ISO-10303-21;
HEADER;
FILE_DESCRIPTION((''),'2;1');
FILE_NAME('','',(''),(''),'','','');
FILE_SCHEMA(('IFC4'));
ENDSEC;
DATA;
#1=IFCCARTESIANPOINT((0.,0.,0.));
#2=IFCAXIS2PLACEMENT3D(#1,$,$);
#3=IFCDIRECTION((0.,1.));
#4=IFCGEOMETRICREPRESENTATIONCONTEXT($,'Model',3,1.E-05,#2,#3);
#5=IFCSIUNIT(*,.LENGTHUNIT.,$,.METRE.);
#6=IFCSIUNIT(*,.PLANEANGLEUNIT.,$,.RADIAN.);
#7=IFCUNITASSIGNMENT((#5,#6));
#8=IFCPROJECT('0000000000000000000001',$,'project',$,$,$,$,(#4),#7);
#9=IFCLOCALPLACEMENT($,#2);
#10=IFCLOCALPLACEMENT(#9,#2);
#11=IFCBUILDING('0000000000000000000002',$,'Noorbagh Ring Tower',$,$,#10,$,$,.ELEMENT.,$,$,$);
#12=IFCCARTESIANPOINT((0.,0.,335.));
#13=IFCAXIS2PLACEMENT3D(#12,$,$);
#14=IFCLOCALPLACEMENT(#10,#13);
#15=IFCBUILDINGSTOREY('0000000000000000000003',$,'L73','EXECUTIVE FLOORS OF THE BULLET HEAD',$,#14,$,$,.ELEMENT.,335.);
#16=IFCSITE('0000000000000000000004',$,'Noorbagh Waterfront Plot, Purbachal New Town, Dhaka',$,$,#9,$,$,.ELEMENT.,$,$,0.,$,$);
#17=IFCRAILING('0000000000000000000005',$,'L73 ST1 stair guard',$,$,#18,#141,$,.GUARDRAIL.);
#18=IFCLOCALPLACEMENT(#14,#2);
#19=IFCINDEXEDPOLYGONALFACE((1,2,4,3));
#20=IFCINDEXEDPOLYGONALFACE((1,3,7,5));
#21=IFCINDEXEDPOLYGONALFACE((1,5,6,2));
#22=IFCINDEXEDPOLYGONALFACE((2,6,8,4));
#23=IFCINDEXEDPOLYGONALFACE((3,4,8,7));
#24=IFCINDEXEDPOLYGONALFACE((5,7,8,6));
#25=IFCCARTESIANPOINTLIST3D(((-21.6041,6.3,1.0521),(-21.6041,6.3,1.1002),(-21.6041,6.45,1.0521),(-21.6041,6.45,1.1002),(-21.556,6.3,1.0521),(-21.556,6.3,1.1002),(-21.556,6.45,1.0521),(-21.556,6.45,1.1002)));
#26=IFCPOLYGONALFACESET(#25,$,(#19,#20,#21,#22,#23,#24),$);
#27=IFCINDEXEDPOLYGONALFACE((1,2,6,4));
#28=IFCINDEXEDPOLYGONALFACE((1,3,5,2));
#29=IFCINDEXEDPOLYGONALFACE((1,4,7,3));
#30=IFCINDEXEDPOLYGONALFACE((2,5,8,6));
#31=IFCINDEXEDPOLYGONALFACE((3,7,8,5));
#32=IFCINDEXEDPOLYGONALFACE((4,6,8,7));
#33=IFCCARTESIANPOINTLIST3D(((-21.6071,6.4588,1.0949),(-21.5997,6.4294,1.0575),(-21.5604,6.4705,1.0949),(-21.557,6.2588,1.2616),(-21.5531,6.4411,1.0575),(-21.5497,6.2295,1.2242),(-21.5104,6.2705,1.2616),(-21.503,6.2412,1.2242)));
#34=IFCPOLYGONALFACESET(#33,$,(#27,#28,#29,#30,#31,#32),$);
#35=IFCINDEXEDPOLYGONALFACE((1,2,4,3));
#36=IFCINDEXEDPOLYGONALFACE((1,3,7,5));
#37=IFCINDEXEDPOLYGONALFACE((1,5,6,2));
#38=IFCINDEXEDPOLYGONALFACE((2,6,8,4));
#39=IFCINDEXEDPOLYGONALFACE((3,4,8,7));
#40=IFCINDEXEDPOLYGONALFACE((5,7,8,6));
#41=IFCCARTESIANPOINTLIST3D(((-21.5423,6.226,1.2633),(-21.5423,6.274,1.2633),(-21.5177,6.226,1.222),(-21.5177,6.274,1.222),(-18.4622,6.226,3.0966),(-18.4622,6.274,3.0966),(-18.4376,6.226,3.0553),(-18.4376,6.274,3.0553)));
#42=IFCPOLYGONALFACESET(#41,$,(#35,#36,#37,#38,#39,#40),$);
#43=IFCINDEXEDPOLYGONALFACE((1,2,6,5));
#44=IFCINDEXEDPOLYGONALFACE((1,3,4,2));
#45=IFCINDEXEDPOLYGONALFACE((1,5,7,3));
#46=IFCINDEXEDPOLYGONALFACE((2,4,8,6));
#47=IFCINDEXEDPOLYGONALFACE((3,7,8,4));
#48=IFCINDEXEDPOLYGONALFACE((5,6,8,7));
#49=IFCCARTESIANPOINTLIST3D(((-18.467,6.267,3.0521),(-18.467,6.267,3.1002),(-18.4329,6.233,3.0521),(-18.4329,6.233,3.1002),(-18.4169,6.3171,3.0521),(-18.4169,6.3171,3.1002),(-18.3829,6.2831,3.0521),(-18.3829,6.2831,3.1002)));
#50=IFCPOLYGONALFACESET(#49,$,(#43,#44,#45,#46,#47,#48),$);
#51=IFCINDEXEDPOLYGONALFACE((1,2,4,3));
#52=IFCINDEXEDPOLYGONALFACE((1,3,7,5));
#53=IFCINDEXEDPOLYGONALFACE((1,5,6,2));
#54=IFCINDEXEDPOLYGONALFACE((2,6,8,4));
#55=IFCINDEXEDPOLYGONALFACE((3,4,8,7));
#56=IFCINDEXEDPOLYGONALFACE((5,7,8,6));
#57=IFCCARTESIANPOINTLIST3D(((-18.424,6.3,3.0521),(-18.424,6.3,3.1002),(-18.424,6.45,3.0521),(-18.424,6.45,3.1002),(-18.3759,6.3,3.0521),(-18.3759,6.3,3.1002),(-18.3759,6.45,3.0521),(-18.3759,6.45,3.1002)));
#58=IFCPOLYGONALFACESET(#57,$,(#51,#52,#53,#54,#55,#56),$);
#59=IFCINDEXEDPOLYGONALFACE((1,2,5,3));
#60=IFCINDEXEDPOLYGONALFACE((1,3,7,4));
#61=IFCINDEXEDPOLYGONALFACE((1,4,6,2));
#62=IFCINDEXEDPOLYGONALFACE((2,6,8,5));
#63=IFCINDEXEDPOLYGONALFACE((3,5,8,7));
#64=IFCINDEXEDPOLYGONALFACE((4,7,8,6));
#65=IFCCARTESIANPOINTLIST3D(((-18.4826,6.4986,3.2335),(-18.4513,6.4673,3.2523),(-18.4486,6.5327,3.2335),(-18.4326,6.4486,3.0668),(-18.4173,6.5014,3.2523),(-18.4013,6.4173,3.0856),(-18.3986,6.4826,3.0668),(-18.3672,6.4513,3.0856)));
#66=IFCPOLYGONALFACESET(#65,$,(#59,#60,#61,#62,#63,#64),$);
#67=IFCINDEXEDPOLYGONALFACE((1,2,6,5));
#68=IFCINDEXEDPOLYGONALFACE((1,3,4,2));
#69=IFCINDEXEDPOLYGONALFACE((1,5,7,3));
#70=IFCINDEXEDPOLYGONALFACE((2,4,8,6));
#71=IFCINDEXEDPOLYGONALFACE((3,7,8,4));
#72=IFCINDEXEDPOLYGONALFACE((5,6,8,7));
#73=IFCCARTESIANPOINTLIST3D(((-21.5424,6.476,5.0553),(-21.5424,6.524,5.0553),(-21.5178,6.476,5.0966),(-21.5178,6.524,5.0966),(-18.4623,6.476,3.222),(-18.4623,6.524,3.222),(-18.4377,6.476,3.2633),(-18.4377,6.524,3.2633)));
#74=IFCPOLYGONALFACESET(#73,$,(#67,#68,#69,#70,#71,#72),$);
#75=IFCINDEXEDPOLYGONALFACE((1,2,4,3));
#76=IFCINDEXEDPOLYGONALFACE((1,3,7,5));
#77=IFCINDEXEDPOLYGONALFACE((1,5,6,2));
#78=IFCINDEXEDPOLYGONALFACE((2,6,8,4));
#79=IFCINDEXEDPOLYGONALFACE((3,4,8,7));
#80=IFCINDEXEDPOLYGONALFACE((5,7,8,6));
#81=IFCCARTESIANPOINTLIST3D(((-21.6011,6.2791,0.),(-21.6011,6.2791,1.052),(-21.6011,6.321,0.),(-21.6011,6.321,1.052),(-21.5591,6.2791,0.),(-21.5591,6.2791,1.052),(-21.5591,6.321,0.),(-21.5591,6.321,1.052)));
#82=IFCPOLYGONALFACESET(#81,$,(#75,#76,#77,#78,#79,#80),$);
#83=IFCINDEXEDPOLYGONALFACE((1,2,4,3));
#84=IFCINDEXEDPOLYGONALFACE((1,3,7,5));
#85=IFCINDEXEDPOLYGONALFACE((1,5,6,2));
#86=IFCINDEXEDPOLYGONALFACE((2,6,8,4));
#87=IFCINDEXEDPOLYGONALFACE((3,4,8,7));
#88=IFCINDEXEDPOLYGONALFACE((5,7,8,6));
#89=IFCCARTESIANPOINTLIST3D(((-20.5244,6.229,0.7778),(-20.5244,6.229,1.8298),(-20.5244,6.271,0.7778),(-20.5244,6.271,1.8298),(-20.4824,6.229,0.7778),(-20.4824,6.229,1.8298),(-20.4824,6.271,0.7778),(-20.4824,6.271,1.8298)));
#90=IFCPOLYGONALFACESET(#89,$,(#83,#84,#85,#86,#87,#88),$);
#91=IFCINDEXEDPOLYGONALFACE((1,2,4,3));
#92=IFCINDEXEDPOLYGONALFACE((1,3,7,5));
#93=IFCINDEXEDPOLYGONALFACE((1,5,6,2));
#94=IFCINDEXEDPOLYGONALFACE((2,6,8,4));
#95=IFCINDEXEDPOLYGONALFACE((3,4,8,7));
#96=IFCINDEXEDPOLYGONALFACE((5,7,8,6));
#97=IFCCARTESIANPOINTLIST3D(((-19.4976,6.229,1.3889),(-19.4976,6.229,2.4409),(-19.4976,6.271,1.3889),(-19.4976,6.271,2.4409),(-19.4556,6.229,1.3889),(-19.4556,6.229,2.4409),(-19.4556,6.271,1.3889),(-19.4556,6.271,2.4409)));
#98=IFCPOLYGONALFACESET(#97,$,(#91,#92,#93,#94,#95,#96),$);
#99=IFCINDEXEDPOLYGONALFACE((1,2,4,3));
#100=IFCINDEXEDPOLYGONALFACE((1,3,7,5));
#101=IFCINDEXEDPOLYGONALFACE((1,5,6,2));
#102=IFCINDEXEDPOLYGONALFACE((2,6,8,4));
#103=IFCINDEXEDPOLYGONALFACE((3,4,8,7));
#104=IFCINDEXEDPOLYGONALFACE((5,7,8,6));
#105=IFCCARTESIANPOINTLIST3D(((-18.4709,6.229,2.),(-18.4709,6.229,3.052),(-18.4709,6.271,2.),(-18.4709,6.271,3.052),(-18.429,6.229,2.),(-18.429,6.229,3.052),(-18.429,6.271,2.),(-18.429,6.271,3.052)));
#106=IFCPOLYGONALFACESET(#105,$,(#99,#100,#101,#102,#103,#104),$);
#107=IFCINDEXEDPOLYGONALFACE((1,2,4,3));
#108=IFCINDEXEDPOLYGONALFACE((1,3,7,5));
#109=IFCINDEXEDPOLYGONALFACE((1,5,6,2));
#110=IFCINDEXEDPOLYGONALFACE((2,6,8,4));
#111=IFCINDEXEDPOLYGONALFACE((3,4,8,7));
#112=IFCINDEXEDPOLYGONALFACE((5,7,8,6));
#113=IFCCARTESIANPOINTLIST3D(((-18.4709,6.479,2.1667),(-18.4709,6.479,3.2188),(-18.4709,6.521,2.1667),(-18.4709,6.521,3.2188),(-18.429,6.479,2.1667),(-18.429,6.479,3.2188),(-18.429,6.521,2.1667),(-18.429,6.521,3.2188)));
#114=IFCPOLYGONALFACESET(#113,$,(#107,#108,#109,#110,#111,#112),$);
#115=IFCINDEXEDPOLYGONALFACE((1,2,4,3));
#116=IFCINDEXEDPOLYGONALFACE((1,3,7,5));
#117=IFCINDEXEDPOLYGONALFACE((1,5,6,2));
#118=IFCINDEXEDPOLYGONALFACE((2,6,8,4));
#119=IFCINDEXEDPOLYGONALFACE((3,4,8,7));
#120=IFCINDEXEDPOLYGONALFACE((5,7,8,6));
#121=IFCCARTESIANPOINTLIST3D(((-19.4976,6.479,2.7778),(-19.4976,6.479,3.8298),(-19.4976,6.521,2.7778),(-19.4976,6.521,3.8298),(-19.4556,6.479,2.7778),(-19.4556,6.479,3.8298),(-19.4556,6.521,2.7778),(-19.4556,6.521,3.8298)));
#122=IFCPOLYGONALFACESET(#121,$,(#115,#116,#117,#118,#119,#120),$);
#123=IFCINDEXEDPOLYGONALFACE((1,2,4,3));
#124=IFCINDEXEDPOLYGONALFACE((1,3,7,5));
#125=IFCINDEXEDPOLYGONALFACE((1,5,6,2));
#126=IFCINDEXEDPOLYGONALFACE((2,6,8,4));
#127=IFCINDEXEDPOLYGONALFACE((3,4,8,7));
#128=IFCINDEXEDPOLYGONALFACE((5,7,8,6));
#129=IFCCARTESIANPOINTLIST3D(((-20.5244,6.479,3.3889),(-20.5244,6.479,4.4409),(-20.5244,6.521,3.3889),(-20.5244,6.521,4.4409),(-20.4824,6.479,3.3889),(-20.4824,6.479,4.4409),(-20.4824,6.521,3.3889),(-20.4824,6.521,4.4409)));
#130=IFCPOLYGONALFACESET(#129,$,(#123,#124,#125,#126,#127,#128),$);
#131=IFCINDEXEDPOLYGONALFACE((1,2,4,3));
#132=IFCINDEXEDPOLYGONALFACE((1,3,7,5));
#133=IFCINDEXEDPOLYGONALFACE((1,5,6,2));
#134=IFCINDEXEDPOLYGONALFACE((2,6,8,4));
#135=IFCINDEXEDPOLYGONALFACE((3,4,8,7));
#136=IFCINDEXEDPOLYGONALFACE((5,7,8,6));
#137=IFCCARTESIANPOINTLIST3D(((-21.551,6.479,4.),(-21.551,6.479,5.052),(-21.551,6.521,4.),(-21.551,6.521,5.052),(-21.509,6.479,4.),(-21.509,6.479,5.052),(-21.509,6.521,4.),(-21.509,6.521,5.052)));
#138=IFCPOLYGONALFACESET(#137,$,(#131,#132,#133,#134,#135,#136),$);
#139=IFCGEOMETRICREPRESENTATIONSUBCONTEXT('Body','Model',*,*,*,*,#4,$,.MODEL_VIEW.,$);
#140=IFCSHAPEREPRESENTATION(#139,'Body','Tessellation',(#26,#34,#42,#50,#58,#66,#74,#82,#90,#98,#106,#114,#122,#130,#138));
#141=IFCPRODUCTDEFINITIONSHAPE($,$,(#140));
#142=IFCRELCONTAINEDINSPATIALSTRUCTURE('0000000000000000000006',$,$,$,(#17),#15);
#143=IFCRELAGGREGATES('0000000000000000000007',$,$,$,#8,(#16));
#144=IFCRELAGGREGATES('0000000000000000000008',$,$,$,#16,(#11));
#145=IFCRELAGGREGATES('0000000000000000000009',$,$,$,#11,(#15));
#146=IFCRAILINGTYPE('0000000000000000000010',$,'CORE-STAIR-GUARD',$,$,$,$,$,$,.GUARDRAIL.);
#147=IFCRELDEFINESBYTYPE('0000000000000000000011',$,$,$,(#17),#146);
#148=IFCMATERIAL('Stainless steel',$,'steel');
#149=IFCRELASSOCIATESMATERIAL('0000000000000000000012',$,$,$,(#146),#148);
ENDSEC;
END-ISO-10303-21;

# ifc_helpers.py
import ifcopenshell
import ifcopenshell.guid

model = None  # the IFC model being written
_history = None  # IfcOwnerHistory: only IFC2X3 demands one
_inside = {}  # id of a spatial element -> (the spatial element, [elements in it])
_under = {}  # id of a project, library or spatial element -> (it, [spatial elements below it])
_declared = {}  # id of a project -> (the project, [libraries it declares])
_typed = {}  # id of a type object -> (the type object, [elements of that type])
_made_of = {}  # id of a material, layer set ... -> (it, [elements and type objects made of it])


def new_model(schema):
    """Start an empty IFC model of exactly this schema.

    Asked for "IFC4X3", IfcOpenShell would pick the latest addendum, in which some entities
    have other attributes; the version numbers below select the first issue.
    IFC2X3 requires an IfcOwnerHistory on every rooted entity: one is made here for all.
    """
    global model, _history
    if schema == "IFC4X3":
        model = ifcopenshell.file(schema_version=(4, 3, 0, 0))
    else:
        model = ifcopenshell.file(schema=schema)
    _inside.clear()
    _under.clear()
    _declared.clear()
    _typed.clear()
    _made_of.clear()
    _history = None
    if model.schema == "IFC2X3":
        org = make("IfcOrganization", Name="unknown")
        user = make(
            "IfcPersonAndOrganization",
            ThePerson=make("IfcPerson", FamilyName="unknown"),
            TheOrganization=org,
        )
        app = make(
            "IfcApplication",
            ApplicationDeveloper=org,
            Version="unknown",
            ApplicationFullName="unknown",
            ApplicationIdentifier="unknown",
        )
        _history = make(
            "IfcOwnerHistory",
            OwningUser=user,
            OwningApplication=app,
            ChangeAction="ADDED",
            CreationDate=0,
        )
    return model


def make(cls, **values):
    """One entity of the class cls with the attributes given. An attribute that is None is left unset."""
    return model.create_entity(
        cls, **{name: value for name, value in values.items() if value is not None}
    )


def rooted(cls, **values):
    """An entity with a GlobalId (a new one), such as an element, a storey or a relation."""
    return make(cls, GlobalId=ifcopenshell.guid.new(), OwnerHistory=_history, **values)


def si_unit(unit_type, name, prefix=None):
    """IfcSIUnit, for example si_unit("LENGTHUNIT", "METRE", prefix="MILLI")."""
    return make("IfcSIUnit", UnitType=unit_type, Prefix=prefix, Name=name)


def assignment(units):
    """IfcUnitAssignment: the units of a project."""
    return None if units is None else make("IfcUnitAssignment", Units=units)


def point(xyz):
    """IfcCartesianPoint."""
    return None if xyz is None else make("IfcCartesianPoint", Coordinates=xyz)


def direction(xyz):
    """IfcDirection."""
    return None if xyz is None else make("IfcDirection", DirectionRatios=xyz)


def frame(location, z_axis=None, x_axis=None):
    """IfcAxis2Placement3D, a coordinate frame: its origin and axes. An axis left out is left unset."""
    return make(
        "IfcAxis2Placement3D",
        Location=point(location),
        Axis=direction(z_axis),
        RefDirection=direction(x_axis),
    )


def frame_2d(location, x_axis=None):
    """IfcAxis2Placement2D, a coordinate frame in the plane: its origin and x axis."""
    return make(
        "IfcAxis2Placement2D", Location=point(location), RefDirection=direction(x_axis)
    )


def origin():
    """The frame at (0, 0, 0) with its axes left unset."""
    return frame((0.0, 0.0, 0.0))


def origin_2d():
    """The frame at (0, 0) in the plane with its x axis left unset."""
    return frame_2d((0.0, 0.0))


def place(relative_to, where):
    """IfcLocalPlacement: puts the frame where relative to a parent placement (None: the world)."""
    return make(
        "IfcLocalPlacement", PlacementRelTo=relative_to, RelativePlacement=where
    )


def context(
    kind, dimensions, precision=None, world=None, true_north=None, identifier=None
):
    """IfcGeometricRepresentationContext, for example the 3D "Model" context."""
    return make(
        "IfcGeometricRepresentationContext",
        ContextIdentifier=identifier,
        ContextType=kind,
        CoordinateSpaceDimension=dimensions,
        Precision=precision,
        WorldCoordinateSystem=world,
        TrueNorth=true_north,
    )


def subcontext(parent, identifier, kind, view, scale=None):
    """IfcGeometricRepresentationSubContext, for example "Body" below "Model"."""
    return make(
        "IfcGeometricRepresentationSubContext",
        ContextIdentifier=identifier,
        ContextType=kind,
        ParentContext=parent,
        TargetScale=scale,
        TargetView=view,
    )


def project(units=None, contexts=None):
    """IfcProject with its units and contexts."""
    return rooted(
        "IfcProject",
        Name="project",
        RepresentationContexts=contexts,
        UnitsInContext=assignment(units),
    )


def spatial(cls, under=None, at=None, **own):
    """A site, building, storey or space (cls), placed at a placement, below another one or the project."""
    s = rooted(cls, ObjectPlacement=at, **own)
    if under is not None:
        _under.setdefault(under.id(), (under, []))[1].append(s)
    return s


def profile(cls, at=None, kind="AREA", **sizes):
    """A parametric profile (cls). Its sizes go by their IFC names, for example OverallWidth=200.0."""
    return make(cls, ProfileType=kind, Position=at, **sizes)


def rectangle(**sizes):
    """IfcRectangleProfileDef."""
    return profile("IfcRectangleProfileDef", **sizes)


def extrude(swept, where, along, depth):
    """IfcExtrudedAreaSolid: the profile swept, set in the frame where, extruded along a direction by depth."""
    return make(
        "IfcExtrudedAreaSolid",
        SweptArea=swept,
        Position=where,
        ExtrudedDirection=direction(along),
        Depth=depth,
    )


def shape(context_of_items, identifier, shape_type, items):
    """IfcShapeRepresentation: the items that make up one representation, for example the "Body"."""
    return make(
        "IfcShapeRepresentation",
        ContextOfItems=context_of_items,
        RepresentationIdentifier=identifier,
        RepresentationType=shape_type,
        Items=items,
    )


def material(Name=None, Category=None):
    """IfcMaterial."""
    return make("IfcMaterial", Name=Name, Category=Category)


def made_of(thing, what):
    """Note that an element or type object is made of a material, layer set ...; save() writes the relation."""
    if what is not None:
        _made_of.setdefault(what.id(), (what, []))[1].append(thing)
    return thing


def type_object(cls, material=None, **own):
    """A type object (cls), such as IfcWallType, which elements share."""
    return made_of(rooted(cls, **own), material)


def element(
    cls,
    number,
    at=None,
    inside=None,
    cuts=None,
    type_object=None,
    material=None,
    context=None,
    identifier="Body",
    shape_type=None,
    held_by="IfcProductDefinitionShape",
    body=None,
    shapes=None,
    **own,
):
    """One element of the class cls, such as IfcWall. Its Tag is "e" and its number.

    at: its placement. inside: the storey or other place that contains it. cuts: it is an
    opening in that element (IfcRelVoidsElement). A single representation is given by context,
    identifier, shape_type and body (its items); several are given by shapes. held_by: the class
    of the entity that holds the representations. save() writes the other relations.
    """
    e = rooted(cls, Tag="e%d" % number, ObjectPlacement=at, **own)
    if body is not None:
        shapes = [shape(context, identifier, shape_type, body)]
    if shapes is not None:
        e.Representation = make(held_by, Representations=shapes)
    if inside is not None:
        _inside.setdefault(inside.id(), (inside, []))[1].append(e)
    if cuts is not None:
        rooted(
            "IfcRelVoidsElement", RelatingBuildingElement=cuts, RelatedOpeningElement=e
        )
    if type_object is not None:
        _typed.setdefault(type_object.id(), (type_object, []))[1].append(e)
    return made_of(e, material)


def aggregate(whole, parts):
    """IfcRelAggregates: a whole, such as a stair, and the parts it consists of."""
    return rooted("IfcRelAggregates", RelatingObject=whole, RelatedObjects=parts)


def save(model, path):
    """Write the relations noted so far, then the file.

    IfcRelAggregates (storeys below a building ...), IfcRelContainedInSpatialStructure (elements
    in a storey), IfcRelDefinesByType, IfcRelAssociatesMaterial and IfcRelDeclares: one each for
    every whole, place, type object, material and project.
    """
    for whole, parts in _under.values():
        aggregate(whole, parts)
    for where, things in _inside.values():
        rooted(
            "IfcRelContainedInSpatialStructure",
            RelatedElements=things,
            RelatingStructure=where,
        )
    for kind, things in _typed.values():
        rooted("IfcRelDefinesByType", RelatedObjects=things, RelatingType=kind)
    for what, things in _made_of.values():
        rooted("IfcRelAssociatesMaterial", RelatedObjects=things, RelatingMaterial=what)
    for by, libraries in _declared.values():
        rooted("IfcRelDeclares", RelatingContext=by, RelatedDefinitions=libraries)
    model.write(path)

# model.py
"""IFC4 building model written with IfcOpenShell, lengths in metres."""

from ifc_helpers import new_model, si_unit, direction, frame, origin, origin_2d, place, context, subcontext, project, spatial, rectangle, extrude, material, type_object, element, save


model = new_model("IFC4")

# Units and contexts
model_context = context("Model", 3, precision=1e-05, world=origin(), true_north=direction((0.0, 1.0)))
body_context = subcontext(model_context, "Body", "Model", "MODEL_VIEW")
ifc_project = project(units=[si_unit("LENGTHUNIT", "METRE"), si_unit("PLANEANGLEUNIT", "RADIAN")], contexts=[model_context])

# Site, building, storey
site_placement = place(None, origin())
site = spatial("IfcSite", under=ifc_project, at=site_placement, Name="Noorbagh Waterfront Plot, Purbachal New Town, Dhaka", CompositionType="ELEMENT", RefElevation=0.0)
building_placement = place(site_placement, origin())
building = spatial("IfcBuilding", under=site, at=building_placement, Name="Noorbagh Ring Tower", CompositionType="ELEMENT")
storey_placement = place(building_placement, frame((0.0, 0.0, 335.0)))
storey = spatial("IfcBuildingStorey", under=building, at=storey_placement, Name="L73", Description="EXECUTIVE FLOORS OF THE BULLET HEAD", CompositionType="ELEMENT", Elevation=335.0)

# Railing
ifc_material_1 = material(Name="Stainless steel", Category="steel")
railing_type_1 = type_object("IfcRailingType", Name="CORE-STAIR-GUARD", PredefinedType="GUARDRAIL", material=ifc_material_1)
railing_1_placement = place(storey_placement, frame((-21.5801, 6.3, 0.0)))
element("IfcRailing", 1, at=railing_1_placement, inside=storey, type_object=railing_type_1, Name="L73 ST1 stair guard", PredefinedType="GUARDRAIL", context=body_context, shape_type="SweptSolid", body=[
    extrude(rectangle(XDim=0.0481, YDim=0.0481, at=origin_2d()), frame((0.0, 0.0, 1.0762), z_axis=(0.0, 1.0, 0.0), x_axis=(-1.0, 0.0, 0.0)), (0.0, 0.0, 1.0), 0.1499),
    extrude(rectangle(XDim=0.0481, YDim=0.0481, at=origin_2d()), frame((0.0, 0.1499, 1.0762), z_axis=(0.188776, -0.754182, 0.628946), x_axis=(0.970073, 0.242814, 0.0)), (0.0, 0.0, 1.0), 0.2651),
    extrude(rectangle(XDim=0.0481, YDim=0.0481, at=origin_2d()), frame((0.05, -0.05, 1.2427), z_axis=(0.859309, 0.0, 0.511458), x_axis=(0.0, 1.0, 0.0)), (0.0, 0.0, 1.0), 3.5845),
    extrude(rectangle(XDim=0.0481, YDim=0.0481, at=origin_2d()), frame((3.1301, -0.05, 3.0762), z_axis=(0.707107, 0.707107, 0.0), x_axis=(-0.707107, 0.707107, 0.0)), (0.0, 0.0, 1.0), 0.0708),
    extrude(rectangle(XDim=0.0481, YDim=0.0481, at=origin_2d()), frame((3.1802, 0.0, 3.0762), z_axis=(0.0, 1.0, 0.0), x_axis=(-1.0, 0.0, 0.0)), (0.0, 0.0, 1.0), 0.1499),
    extrude(rectangle(XDim=0.0481, YDim=0.0481, at=origin_2d()), frame((3.1802, 0.1499, 3.0762), z_axis=(-0.276287, 0.276287, 0.920506), x_axis=(-0.707107, -0.707107, 0.0)), (0.0, 0.0, 1.0), 0.1812),
    extrude(rectangle(XDim=0.0481, YDim=0.0481, at=origin_2d()), frame((3.1301, 0.2, 3.2427), z_axis=(-0.859309, 0.0, 0.511458), x_axis=(0.0, -1.0, 0.0)), (0.0, 0.0, 1.0), 3.5845),
    extrude(rectangle(XDim=0.042, YDim=0.042, at=origin_2d()), origin(), (0.0, 0.0, 1.0), 1.052),
    extrude(rectangle(XDim=0.042, YDim=0.042, at=origin_2d()), frame((1.0767, -0.05, 0.7778)), (0.0, 0.0, 1.0), 1.052),
    extrude(rectangle(XDim=0.042, YDim=0.042, at=origin_2d()), frame((2.1035, -0.05, 1.3889)), (0.0, 0.0, 1.0), 1.052),
    extrude(rectangle(XDim=0.042, YDim=0.042, at=origin_2d()), frame((3.1301, -0.05, 2.0)), (0.0, 0.0, 1.0), 1.052),
    extrude(rectangle(XDim=0.042, YDim=0.042, at=origin_2d()), frame((3.1301, 0.2, 2.1667)), (0.0, 0.0, 1.0), 1.052),
    extrude(rectangle(XDim=0.042, YDim=0.042, at=origin_2d()), frame((2.1035, 0.2, 2.7778)), (0.0, 0.0, 1.0), 1.052),
    extrude(rectangle(XDim=0.042, YDim=0.042, at=origin_2d()), frame((1.0767, 0.2, 3.3889)), (0.0, 0.0, 1.0), 1.052),
    extrude(rectangle(XDim=0.042, YDim=0.042, at=origin_2d()), frame((0.05, 0.2, 4.0)), (0.0, 0.0, 1.0), 1.052),
])

save(model, "model.ifc")
